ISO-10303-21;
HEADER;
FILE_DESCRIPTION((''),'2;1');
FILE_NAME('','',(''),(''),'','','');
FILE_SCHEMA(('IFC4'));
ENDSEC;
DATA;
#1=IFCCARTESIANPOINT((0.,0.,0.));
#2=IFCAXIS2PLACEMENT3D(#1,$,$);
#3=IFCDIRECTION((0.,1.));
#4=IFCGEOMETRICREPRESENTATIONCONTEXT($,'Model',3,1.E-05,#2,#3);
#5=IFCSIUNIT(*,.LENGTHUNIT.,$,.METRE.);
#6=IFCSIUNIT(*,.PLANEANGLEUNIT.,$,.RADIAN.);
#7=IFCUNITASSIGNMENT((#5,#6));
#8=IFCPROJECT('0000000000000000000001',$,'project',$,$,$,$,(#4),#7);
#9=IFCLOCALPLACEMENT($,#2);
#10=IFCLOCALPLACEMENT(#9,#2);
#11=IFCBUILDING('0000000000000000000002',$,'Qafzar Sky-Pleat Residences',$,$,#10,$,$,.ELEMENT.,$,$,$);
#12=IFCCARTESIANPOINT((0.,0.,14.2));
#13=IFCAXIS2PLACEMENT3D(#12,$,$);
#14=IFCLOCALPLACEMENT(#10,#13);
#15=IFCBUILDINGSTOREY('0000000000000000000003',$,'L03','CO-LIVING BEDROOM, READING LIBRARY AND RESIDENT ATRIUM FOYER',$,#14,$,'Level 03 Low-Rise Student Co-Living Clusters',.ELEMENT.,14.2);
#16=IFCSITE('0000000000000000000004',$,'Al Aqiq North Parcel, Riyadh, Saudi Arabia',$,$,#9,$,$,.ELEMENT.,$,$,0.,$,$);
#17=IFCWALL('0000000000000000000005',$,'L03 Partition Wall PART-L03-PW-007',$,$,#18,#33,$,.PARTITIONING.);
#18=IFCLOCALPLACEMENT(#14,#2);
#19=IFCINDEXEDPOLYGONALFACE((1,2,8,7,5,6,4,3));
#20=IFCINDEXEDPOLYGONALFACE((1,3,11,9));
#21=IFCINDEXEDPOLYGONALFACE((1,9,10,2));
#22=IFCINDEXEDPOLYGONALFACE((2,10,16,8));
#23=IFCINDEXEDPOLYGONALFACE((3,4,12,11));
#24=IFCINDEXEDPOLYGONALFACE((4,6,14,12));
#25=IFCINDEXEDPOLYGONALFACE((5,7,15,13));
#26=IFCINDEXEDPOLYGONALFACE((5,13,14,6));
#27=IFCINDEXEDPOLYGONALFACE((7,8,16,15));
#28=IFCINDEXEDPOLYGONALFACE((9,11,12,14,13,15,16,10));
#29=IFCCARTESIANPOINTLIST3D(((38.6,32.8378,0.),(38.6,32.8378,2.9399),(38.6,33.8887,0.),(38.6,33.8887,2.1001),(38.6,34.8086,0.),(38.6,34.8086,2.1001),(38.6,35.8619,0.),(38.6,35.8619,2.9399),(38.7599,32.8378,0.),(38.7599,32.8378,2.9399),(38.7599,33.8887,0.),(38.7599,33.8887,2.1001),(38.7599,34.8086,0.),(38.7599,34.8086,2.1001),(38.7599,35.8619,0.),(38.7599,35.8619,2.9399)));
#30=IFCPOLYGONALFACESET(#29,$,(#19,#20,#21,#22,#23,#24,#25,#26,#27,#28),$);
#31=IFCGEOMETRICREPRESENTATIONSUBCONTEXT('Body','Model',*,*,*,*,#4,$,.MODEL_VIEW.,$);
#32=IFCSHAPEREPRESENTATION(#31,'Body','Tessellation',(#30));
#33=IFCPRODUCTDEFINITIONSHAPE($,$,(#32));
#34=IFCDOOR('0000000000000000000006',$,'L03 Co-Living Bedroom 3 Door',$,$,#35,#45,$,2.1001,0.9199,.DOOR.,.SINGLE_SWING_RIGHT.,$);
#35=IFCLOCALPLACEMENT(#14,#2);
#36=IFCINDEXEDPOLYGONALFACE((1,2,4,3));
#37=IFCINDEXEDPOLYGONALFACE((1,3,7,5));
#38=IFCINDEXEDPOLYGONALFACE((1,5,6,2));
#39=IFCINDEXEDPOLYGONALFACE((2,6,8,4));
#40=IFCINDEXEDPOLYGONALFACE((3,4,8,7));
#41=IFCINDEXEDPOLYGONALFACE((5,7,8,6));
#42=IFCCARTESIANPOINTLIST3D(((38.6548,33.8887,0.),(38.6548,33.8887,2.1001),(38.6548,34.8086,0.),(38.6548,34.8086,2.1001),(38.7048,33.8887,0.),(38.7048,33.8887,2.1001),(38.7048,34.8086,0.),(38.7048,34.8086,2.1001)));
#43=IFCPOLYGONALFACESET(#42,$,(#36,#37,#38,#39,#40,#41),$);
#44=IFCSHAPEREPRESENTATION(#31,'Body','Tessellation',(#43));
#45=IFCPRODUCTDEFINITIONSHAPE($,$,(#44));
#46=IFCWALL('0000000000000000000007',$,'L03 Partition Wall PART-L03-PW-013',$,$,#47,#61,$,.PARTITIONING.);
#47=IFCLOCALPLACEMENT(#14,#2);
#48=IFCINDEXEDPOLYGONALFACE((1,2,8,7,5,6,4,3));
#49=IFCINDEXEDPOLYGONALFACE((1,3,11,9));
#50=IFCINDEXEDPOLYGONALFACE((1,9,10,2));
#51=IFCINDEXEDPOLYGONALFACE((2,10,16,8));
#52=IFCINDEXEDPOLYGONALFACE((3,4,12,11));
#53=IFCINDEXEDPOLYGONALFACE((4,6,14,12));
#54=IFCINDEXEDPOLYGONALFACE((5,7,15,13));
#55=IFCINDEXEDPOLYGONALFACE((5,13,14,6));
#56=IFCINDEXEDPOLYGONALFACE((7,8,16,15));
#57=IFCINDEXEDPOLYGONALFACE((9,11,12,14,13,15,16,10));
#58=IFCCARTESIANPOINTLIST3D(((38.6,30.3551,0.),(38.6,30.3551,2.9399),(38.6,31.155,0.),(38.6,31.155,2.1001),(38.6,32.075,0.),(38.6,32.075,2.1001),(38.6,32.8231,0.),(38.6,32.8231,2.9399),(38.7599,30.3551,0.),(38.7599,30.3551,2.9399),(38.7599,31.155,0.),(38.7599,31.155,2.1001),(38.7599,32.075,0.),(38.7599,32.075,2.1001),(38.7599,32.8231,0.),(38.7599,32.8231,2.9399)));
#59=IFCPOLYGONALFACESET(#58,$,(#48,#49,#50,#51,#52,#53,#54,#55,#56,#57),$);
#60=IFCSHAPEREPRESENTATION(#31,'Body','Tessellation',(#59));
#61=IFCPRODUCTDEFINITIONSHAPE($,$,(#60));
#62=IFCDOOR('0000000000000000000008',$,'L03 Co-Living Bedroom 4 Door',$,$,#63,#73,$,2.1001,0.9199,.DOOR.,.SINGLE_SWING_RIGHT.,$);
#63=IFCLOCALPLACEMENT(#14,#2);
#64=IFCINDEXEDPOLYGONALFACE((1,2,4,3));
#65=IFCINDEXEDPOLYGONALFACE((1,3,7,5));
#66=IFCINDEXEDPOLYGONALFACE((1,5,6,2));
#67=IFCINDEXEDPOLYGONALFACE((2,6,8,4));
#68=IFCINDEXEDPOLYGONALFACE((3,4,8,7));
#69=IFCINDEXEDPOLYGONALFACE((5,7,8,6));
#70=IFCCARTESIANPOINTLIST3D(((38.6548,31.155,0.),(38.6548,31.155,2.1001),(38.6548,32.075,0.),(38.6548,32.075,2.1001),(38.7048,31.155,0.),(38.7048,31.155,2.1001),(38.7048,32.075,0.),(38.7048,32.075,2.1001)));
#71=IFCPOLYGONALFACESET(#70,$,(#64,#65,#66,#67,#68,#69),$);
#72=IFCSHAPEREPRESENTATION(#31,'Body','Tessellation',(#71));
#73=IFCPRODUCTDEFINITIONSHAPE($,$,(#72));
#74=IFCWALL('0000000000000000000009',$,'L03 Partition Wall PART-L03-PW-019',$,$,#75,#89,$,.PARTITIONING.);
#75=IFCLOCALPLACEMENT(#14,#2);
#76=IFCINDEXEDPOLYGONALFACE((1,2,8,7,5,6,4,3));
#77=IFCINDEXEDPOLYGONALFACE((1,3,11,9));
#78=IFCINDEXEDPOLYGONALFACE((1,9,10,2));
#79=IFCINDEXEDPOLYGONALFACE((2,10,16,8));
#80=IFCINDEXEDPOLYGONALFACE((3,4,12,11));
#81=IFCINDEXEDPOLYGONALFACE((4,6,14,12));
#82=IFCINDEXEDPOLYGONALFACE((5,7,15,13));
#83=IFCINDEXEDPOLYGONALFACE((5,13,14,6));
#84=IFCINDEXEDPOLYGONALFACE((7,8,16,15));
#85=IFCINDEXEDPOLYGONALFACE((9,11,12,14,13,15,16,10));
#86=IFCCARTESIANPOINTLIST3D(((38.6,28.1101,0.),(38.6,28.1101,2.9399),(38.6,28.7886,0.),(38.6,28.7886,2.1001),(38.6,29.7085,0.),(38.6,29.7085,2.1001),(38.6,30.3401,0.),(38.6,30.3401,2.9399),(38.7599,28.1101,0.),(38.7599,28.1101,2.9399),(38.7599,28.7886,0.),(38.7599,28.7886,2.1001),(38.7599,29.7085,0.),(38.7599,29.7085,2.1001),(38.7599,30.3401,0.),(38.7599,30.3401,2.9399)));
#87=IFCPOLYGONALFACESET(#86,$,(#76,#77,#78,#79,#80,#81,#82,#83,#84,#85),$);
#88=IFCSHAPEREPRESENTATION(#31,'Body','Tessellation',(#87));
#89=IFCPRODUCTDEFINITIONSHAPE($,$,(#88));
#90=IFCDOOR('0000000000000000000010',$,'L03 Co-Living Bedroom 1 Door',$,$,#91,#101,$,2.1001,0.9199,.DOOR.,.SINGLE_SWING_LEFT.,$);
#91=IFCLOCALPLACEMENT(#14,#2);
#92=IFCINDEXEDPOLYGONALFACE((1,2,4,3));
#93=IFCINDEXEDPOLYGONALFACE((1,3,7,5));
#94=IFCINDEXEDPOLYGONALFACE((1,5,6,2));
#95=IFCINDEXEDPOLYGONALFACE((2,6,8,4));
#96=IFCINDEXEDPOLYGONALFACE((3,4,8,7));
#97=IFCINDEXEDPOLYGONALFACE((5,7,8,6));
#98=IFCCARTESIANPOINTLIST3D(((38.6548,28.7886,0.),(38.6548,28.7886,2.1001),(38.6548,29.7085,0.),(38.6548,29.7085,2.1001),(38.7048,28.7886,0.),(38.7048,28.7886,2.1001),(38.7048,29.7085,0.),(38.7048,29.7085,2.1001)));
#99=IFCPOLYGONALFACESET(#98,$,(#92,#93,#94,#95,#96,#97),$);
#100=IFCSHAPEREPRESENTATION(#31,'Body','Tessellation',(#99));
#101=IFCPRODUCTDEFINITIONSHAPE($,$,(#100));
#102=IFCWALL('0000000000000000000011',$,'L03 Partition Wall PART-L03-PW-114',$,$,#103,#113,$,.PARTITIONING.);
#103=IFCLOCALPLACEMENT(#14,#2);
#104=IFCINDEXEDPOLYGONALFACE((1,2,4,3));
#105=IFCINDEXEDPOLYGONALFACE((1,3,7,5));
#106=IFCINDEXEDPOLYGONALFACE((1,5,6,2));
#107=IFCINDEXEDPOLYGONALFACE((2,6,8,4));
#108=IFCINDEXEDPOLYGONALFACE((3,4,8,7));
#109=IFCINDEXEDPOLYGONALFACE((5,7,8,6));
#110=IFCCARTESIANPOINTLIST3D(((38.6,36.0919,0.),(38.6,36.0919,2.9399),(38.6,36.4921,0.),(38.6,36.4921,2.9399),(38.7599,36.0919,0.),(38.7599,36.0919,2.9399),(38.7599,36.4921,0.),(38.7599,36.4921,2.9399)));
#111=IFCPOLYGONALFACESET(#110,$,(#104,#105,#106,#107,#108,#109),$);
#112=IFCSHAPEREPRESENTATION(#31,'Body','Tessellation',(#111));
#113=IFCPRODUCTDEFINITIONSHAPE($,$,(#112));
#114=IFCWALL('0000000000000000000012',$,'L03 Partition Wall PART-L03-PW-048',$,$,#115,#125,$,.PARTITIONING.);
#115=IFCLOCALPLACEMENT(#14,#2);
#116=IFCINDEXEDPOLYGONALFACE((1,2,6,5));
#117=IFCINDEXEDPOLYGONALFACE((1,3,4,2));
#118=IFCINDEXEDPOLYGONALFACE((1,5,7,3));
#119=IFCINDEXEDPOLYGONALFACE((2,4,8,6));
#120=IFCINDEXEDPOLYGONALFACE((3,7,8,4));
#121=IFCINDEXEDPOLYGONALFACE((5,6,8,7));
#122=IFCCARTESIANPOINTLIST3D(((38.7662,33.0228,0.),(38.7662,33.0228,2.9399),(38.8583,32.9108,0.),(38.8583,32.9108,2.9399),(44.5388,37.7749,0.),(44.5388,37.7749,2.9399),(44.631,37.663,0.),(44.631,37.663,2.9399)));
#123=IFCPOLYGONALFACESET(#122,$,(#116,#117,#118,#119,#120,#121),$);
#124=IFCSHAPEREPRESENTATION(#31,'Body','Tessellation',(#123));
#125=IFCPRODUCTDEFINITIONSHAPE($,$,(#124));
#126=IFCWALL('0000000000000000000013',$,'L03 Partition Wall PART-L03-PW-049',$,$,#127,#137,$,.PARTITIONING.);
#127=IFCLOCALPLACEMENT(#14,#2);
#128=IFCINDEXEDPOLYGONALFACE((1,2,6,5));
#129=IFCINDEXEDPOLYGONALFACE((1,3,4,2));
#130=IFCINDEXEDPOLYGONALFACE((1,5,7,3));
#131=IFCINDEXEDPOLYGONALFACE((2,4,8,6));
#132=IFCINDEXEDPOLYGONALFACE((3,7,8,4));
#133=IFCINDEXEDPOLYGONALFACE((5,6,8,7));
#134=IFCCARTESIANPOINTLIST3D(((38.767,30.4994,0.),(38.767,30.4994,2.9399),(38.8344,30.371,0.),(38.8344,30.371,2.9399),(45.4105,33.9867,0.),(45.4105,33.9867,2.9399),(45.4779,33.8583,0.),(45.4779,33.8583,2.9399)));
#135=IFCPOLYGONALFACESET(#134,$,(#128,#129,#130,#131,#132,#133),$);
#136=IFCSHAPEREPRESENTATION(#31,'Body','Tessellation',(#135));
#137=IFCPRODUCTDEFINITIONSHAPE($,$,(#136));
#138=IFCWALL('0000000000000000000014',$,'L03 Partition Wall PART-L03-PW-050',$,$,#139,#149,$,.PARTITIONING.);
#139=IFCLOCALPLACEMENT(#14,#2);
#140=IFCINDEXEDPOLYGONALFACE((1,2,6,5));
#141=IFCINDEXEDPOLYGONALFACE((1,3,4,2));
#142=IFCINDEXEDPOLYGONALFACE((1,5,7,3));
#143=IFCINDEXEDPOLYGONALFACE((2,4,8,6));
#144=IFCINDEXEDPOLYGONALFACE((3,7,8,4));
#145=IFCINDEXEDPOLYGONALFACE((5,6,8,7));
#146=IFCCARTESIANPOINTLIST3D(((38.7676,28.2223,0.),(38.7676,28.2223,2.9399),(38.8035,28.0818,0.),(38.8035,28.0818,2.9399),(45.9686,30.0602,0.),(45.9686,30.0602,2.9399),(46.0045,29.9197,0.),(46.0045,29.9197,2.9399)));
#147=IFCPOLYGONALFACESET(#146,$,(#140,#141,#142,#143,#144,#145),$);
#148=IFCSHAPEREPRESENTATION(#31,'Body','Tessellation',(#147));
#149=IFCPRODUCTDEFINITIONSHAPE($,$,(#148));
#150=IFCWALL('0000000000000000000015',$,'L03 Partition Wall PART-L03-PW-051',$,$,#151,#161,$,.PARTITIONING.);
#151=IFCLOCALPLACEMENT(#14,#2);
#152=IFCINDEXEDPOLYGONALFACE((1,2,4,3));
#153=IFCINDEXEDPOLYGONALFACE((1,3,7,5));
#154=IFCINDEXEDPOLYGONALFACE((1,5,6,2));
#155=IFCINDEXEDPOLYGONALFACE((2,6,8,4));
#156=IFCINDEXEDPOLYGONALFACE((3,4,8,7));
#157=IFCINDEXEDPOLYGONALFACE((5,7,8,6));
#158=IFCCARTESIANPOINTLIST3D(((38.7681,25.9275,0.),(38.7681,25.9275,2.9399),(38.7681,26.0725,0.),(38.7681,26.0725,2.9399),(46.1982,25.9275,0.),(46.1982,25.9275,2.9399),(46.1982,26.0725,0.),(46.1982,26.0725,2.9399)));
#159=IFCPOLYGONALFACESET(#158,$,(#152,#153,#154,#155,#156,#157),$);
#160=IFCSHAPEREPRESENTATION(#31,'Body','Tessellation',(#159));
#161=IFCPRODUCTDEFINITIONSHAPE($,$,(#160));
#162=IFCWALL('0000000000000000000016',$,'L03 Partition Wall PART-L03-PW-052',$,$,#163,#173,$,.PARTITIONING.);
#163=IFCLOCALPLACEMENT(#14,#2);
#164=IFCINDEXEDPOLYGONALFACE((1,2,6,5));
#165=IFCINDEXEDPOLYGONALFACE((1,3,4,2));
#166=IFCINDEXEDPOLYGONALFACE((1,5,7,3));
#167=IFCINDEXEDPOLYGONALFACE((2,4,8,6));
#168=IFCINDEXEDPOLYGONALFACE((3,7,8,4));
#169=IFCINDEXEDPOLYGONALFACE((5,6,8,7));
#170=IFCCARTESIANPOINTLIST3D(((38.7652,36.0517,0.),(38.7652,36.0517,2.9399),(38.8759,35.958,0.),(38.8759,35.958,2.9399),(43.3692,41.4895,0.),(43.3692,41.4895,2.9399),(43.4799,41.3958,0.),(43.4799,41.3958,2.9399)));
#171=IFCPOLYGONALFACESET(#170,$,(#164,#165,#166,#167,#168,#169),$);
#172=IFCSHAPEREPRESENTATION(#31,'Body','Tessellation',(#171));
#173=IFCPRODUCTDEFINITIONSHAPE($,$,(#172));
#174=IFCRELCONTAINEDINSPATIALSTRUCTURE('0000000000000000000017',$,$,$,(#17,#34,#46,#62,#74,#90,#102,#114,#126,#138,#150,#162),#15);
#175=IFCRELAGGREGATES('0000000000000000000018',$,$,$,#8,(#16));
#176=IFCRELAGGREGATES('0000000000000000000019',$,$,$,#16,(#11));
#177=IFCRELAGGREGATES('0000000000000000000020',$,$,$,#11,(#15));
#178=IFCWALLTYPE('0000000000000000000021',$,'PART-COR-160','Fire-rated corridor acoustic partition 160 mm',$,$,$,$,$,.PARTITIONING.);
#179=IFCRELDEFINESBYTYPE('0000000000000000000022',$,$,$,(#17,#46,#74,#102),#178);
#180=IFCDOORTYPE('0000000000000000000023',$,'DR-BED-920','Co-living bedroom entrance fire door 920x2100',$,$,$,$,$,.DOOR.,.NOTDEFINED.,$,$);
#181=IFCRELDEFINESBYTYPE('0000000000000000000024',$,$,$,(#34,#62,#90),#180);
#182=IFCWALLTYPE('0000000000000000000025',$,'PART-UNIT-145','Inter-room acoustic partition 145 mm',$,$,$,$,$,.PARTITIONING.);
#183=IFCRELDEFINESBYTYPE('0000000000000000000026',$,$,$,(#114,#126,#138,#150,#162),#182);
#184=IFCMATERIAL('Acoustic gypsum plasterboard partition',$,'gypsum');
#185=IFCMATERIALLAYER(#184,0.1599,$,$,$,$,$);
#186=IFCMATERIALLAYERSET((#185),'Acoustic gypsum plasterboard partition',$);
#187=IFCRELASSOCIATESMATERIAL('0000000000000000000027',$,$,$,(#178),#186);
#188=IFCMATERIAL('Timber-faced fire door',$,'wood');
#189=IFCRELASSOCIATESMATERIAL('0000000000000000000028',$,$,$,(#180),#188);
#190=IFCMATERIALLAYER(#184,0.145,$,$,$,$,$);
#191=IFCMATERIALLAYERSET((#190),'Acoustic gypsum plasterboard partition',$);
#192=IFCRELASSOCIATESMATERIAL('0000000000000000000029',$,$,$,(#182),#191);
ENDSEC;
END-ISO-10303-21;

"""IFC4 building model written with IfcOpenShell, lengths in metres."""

from ifc_helpers import new_model, si_unit, direction, frame, frame_2d, origin, place, context, subcontext, project, spatial, rectangle, extrude, source, transform, mapped, material, layer, layer_set, type_object, element, fill, save


model = new_model("IFC4")

# Units and contexts
model_context = context("Model", 3, precision=1e-05, world=origin(), true_north=direction((0.0, 1.0)))
body_context = subcontext(model_context, "Body", "Model", "MODEL_VIEW")
ifc_project = project(units=[si_unit("LENGTHUNIT", "METRE"), si_unit("PLANEANGLEUNIT", "RADIAN")], contexts=[model_context])

# Site, building, storey
site_placement = place(None, origin())
site = spatial("IfcSite", under=ifc_project, at=site_placement, Name="Al Aqiq North Parcel, Riyadh, Saudi Arabia", CompositionType="ELEMENT", RefElevation=0.0)
building_placement = place(site_placement, origin())
building = spatial("IfcBuilding", under=site, at=building_placement, Name="Qafzar Sky-Pleat Residences", CompositionType="ELEMENT")
storey_placement = place(building_placement, frame((0.0, 0.0, 14.2)))
storey = spatial("IfcBuildingStorey", under=building, at=storey_placement, Name="L03", Description="CO-LIVING BEDROOM, READING LIBRARY AND RESIDENT ATRIUM FOYER", LongName="Level 03 Low-Rise Student Co-Living Clusters", CompositionType="ELEMENT", Elevation=14.2)

# Walls, openings, doors
ifc_material_1 = material(Name="Acoustic gypsum plasterboard partition", Category="gypsum")
ifc_layer_1 = layer(ifc_material_1, 0.1599)
ifc_layer_set_1 = layer_set([ifc_layer_1], Name="Acoustic gypsum plasterboard partition")
wall_type_1 = type_object("IfcWallType", Name="PART-COR-160", Description="Fire-rated corridor acoustic partition 160 mm", PredefinedType="PARTITIONING", material=ifc_layer_set_1)
wall_1_placement = place(storey_placement, frame((38.6799, 35.8621, 0.0), z_axis=(0.0, 0.0, 1.0), x_axis=(0.0, -1.0, 0.0)))
wall_1 = element("IfcWall", 1, at=wall_1_placement, inside=storey, type_object=wall_type_1, Name="L03 Partition Wall PART-L03-PW-007", PredefinedType="PARTITIONING", context=body_context, shape_type="SweptSolid", body=[
    extrude(rectangle(XDim=3.0242, YDim=0.1599, at=frame_2d((1.5122, 0.0))), origin(), (0.0, 0.0, 1.0), 2.9399),
])
opening_1_placement = place(wall_1_placement, frame((1.0535, 0.0, 0.0)))
opening_1 = element("IfcOpeningElement", 2, at=opening_1_placement, cuts=wall_1, PredefinedType="OPENING", context=body_context, shape_type="SweptSolid", body=[
    extrude(rectangle(XDim=0.9199, YDim=2.1001, at=frame_2d((0.46, 1.05))), frame((0.0, 0.0898, 0.0), z_axis=(0.0, -1.0, 0.0), x_axis=(1.0, 0.0, 0.0)), (0.0, 0.0, 1.0), 0.1799),
])
ifc_material_2 = material(Name="Timber-faced fire door", Category="wood")
door_type = type_object("IfcDoorType", Name="DR-BED-920", Description="Co-living bedroom entrance fire door 920x2100", OperationType="NOTDEFINED", PredefinedType="DOOR", material=ifc_material_2)
shared_shape_1 = source(origin(), body_context, "Body", "SweptSolid", [
    extrude(rectangle(XDim=0.9199, YDim=2.1001, at=frame_2d((0.46, 1.05))), frame((0.0, 0.0249, 0.0), z_axis=(0.0, -1.0, 0.0), x_axis=(1.0, 0.0, 0.0)), (0.0, 0.0, 1.0), 0.05),
])
door_1_placement = place(opening_1_placement, origin())
door_1 = element("IfcDoor", 3, at=door_1_placement, inside=storey, type_object=door_type, Name="L03 Co-Living Bedroom 3 Door", OperationType="SINGLE_SWING_RIGHT", OverallHeight=2.1001, OverallWidth=0.9199, PredefinedType="DOOR", context=body_context, shape_type="MappedRepresentation", body=[
    mapped(shared_shape_1, transform((0.0, 0.0, 0.0), x_axis=(1.0, 0.0, 0.0), y_axis=(0.0, 1.0, 0.0), z_axis=(0.0, 0.0, 1.0), scale=1.0)),
])
fill(opening_1, door_1)
wall_2_placement = place(storey_placement, frame((38.6799, 32.823, 0.0), z_axis=(0.0, 0.0, 1.0), x_axis=(0.0, -1.0, 0.0)))
wall_2 = element("IfcWall", 4, at=wall_2_placement, inside=storey, type_object=wall_type_1, Name="L03 Partition Wall PART-L03-PW-013", PredefinedType="PARTITIONING", context=body_context, shape_type="SweptSolid", body=[
    extrude(rectangle(XDim=2.468, YDim=0.1599, at=frame_2d((1.2339, 0.0))), origin(), (0.0, 0.0, 1.0), 2.9399),
])
opening_2_placement = place(wall_2_placement, frame((0.748, 0.0, 0.0)))
opening_2 = element("IfcOpeningElement", 5, at=opening_2_placement, cuts=wall_2, PredefinedType="OPENING", context=body_context, shape_type="SweptSolid", body=[
    extrude(rectangle(XDim=0.9199, YDim=2.1001, at=frame_2d((0.46, 1.05))), frame((0.0, 0.0898, 0.0), z_axis=(0.0, -1.0, 0.0), x_axis=(1.0, 0.0, 0.0)), (0.0, 0.0, 1.0), 0.1799),
])
door_2_placement = place(opening_2_placement, origin())
door_2 = element("IfcDoor", 6, at=door_2_placement, inside=storey, type_object=door_type, Name="L03 Co-Living Bedroom 4 Door", OperationType="SINGLE_SWING_RIGHT", OverallHeight=2.1001, OverallWidth=0.9199, PredefinedType="DOOR", context=body_context, shape_type="MappedRepresentation", body=[
    mapped(shared_shape_1, transform((0.0, 0.0, 0.0), x_axis=(1.0, 0.0, 0.0), y_axis=(0.0, 1.0, 0.0), z_axis=(0.0, 0.0, 1.0), scale=1.0)),
])
fill(opening_2, door_2)
wall_3_placement = place(storey_placement, frame((38.6799, 30.3401, 0.0), z_axis=(0.0, 0.0, 1.0), x_axis=(0.0, -1.0, 0.0)))
wall_3 = element("IfcWall", 7, at=wall_3_placement, inside=storey, type_object=wall_type_1, Name="L03 Partition Wall PART-L03-PW-019", PredefinedType="PARTITIONING", context=body_context, shape_type="SweptSolid", body=[
    extrude(rectangle(XDim=2.23, YDim=0.1599, at=frame_2d((1.115, 0.0))), origin(), (0.0, 0.0, 1.0), 2.9399),
])
opening_3_placement = place(wall_3_placement, frame((0.6316, 0.0, 0.0)))
opening_3 = element("IfcOpeningElement", 8, at=opening_3_placement, cuts=wall_3, PredefinedType="OPENING", context=body_context, shape_type="SweptSolid", body=[
    extrude(rectangle(XDim=0.9199, YDim=2.1001, at=frame_2d((0.46, 1.05))), frame((0.0, 0.0898, 0.0), z_axis=(0.0, -1.0, 0.0), x_axis=(1.0, 0.0, 0.0)), (0.0, 0.0, 1.0), 0.1799),
])
door_3_placement = place(opening_3_placement, origin())
door_3 = element("IfcDoor", 9, at=door_3_placement, inside=storey, type_object=door_type, Name="L03 Co-Living Bedroom 1 Door", OperationType="SINGLE_SWING_LEFT", OverallHeight=2.1001, OverallWidth=0.9199, PredefinedType="DOOR", context=body_context, shape_type="MappedRepresentation", body=[
    mapped(shared_shape_1, transform((0.0, 0.0, 0.0), x_axis=(1.0, 0.0, 0.0), y_axis=(0.0, 1.0, 0.0), z_axis=(0.0, 0.0, 1.0), scale=1.0)),
])
fill(opening_3, door_3)

# Walls
wall_4_placement = place(storey_placement, frame((38.6799, 36.0918, 0.0), z_axis=(0.0, 0.0, 1.0), x_axis=(0.0, 1.0, 0.0)))
element("IfcWall", 10, at=wall_4_placement, inside=storey, type_object=wall_type_1, Name="L03 Partition Wall PART-L03-PW-114", PredefinedType="PARTITIONING", context=body_context, shape_type="SweptSolid", body=[
    extrude(rectangle(XDim=0.4001, YDim=0.1599, at=frame_2d((0.2002, 0.0))), origin(), (0.0, 0.0, 1.0), 2.9399),
])
ifc_layer_2 = layer(ifc_material_1, 0.145)
ifc_layer_set_2 = layer_set([ifc_layer_2], Name="Acoustic gypsum plasterboard partition")
wall_type_2 = type_object("IfcWallType", Name="PART-UNIT-145", Description="Inter-room acoustic partition 145 mm", PredefinedType="PARTITIONING", material=ifc_layer_set_2)
wall_5_placement = place(storey_placement, frame((38.8123, 32.9668, 0.0), z_axis=(0.0, 0.0, 1.0), x_axis=(0.772048, 0.635564, 0.0)))
element("IfcWall", 11, at=wall_5_placement, inside=storey, type_object=wall_type_2, Name="L03 Partition Wall PART-L03-PW-048", PredefinedType="PARTITIONING", context=body_context, shape_type="SweptSolid", body=[
    extrude(rectangle(XDim=7.4771, YDim=0.145, at=frame_2d((3.7385, 0.0))), origin(), (0.0, 0.0, 1.0), 2.9399),
])
wall_6_placement = place(storey_placement, frame((38.8008, 30.4353, 0.0), z_axis=(0.0, 0.0, 1.0), x_axis=(0.885429, 0.464775, 0.0)))
element("IfcWall", 12, at=wall_6_placement, inside=storey, type_object=wall_type_2, Name="L03 Partition Wall PART-L03-PW-049", PredefinedType="PARTITIONING", context=body_context, shape_type="SweptSolid", body=[
    extrude(rectangle(XDim=7.5032, YDim=0.145, at=frame_2d((3.7515, 0.0))), origin(), (0.0, 0.0, 1.0), 2.9399),
])
wall_7_placement = place(storey_placement, frame((38.7856, 28.1521, 0.0), z_axis=(0.0, 0.0, 1.0), x_axis=(0.96894, 0.247294, 0.0)))
element("IfcWall", 13, at=wall_7_placement, inside=storey, type_object=wall_type_2, Name="L03 Partition Wall PART-L03-PW-050", PredefinedType="PARTITIONING", context=body_context, shape_type="SweptSolid", body=[
    extrude(rectangle(XDim=7.4319, YDim=0.145, at=frame_2d((3.7158, 0.0))), origin(), (0.0, 0.0, 1.0), 2.9399),
])
wall_8_placement = place(storey_placement, frame((38.7681, 26.0, 0.0), z_axis=(0.0, 0.0, 1.0), x_axis=(1.0, 0.0, 0.0)))
element("IfcWall", 14, at=wall_8_placement, inside=storey, type_object=wall_type_2, Name="L03 Partition Wall PART-L03-PW-051", PredefinedType="PARTITIONING", context=body_context, shape_type="SweptSolid", body=[
    extrude(rectangle(XDim=7.4302, YDim=0.145, at=frame_2d((3.7151, 0.0))), origin(), (0.0, 0.0, 1.0), 2.9399),
])
wall_9_placement = place(storey_placement, frame((38.8206, 36.0049, 0.0), z_axis=(0.0, 0.0, 1.0), x_axis=(0.646174, 0.76319, 0.0)))
element("IfcWall", 15, at=wall_9_placement, inside=storey, type_object=wall_type_2, Name="L03 Partition Wall PART-L03-PW-052", PredefinedType="PARTITIONING", context=body_context, shape_type="SweptSolid", body=[
    extrude(rectangle(XDim=7.125, YDim=0.145, at=frame_2d((3.5625, 0.0))), origin(), (0.0, 0.0, 1.0), 2.9399),
])

save(model, "model.ifc")
